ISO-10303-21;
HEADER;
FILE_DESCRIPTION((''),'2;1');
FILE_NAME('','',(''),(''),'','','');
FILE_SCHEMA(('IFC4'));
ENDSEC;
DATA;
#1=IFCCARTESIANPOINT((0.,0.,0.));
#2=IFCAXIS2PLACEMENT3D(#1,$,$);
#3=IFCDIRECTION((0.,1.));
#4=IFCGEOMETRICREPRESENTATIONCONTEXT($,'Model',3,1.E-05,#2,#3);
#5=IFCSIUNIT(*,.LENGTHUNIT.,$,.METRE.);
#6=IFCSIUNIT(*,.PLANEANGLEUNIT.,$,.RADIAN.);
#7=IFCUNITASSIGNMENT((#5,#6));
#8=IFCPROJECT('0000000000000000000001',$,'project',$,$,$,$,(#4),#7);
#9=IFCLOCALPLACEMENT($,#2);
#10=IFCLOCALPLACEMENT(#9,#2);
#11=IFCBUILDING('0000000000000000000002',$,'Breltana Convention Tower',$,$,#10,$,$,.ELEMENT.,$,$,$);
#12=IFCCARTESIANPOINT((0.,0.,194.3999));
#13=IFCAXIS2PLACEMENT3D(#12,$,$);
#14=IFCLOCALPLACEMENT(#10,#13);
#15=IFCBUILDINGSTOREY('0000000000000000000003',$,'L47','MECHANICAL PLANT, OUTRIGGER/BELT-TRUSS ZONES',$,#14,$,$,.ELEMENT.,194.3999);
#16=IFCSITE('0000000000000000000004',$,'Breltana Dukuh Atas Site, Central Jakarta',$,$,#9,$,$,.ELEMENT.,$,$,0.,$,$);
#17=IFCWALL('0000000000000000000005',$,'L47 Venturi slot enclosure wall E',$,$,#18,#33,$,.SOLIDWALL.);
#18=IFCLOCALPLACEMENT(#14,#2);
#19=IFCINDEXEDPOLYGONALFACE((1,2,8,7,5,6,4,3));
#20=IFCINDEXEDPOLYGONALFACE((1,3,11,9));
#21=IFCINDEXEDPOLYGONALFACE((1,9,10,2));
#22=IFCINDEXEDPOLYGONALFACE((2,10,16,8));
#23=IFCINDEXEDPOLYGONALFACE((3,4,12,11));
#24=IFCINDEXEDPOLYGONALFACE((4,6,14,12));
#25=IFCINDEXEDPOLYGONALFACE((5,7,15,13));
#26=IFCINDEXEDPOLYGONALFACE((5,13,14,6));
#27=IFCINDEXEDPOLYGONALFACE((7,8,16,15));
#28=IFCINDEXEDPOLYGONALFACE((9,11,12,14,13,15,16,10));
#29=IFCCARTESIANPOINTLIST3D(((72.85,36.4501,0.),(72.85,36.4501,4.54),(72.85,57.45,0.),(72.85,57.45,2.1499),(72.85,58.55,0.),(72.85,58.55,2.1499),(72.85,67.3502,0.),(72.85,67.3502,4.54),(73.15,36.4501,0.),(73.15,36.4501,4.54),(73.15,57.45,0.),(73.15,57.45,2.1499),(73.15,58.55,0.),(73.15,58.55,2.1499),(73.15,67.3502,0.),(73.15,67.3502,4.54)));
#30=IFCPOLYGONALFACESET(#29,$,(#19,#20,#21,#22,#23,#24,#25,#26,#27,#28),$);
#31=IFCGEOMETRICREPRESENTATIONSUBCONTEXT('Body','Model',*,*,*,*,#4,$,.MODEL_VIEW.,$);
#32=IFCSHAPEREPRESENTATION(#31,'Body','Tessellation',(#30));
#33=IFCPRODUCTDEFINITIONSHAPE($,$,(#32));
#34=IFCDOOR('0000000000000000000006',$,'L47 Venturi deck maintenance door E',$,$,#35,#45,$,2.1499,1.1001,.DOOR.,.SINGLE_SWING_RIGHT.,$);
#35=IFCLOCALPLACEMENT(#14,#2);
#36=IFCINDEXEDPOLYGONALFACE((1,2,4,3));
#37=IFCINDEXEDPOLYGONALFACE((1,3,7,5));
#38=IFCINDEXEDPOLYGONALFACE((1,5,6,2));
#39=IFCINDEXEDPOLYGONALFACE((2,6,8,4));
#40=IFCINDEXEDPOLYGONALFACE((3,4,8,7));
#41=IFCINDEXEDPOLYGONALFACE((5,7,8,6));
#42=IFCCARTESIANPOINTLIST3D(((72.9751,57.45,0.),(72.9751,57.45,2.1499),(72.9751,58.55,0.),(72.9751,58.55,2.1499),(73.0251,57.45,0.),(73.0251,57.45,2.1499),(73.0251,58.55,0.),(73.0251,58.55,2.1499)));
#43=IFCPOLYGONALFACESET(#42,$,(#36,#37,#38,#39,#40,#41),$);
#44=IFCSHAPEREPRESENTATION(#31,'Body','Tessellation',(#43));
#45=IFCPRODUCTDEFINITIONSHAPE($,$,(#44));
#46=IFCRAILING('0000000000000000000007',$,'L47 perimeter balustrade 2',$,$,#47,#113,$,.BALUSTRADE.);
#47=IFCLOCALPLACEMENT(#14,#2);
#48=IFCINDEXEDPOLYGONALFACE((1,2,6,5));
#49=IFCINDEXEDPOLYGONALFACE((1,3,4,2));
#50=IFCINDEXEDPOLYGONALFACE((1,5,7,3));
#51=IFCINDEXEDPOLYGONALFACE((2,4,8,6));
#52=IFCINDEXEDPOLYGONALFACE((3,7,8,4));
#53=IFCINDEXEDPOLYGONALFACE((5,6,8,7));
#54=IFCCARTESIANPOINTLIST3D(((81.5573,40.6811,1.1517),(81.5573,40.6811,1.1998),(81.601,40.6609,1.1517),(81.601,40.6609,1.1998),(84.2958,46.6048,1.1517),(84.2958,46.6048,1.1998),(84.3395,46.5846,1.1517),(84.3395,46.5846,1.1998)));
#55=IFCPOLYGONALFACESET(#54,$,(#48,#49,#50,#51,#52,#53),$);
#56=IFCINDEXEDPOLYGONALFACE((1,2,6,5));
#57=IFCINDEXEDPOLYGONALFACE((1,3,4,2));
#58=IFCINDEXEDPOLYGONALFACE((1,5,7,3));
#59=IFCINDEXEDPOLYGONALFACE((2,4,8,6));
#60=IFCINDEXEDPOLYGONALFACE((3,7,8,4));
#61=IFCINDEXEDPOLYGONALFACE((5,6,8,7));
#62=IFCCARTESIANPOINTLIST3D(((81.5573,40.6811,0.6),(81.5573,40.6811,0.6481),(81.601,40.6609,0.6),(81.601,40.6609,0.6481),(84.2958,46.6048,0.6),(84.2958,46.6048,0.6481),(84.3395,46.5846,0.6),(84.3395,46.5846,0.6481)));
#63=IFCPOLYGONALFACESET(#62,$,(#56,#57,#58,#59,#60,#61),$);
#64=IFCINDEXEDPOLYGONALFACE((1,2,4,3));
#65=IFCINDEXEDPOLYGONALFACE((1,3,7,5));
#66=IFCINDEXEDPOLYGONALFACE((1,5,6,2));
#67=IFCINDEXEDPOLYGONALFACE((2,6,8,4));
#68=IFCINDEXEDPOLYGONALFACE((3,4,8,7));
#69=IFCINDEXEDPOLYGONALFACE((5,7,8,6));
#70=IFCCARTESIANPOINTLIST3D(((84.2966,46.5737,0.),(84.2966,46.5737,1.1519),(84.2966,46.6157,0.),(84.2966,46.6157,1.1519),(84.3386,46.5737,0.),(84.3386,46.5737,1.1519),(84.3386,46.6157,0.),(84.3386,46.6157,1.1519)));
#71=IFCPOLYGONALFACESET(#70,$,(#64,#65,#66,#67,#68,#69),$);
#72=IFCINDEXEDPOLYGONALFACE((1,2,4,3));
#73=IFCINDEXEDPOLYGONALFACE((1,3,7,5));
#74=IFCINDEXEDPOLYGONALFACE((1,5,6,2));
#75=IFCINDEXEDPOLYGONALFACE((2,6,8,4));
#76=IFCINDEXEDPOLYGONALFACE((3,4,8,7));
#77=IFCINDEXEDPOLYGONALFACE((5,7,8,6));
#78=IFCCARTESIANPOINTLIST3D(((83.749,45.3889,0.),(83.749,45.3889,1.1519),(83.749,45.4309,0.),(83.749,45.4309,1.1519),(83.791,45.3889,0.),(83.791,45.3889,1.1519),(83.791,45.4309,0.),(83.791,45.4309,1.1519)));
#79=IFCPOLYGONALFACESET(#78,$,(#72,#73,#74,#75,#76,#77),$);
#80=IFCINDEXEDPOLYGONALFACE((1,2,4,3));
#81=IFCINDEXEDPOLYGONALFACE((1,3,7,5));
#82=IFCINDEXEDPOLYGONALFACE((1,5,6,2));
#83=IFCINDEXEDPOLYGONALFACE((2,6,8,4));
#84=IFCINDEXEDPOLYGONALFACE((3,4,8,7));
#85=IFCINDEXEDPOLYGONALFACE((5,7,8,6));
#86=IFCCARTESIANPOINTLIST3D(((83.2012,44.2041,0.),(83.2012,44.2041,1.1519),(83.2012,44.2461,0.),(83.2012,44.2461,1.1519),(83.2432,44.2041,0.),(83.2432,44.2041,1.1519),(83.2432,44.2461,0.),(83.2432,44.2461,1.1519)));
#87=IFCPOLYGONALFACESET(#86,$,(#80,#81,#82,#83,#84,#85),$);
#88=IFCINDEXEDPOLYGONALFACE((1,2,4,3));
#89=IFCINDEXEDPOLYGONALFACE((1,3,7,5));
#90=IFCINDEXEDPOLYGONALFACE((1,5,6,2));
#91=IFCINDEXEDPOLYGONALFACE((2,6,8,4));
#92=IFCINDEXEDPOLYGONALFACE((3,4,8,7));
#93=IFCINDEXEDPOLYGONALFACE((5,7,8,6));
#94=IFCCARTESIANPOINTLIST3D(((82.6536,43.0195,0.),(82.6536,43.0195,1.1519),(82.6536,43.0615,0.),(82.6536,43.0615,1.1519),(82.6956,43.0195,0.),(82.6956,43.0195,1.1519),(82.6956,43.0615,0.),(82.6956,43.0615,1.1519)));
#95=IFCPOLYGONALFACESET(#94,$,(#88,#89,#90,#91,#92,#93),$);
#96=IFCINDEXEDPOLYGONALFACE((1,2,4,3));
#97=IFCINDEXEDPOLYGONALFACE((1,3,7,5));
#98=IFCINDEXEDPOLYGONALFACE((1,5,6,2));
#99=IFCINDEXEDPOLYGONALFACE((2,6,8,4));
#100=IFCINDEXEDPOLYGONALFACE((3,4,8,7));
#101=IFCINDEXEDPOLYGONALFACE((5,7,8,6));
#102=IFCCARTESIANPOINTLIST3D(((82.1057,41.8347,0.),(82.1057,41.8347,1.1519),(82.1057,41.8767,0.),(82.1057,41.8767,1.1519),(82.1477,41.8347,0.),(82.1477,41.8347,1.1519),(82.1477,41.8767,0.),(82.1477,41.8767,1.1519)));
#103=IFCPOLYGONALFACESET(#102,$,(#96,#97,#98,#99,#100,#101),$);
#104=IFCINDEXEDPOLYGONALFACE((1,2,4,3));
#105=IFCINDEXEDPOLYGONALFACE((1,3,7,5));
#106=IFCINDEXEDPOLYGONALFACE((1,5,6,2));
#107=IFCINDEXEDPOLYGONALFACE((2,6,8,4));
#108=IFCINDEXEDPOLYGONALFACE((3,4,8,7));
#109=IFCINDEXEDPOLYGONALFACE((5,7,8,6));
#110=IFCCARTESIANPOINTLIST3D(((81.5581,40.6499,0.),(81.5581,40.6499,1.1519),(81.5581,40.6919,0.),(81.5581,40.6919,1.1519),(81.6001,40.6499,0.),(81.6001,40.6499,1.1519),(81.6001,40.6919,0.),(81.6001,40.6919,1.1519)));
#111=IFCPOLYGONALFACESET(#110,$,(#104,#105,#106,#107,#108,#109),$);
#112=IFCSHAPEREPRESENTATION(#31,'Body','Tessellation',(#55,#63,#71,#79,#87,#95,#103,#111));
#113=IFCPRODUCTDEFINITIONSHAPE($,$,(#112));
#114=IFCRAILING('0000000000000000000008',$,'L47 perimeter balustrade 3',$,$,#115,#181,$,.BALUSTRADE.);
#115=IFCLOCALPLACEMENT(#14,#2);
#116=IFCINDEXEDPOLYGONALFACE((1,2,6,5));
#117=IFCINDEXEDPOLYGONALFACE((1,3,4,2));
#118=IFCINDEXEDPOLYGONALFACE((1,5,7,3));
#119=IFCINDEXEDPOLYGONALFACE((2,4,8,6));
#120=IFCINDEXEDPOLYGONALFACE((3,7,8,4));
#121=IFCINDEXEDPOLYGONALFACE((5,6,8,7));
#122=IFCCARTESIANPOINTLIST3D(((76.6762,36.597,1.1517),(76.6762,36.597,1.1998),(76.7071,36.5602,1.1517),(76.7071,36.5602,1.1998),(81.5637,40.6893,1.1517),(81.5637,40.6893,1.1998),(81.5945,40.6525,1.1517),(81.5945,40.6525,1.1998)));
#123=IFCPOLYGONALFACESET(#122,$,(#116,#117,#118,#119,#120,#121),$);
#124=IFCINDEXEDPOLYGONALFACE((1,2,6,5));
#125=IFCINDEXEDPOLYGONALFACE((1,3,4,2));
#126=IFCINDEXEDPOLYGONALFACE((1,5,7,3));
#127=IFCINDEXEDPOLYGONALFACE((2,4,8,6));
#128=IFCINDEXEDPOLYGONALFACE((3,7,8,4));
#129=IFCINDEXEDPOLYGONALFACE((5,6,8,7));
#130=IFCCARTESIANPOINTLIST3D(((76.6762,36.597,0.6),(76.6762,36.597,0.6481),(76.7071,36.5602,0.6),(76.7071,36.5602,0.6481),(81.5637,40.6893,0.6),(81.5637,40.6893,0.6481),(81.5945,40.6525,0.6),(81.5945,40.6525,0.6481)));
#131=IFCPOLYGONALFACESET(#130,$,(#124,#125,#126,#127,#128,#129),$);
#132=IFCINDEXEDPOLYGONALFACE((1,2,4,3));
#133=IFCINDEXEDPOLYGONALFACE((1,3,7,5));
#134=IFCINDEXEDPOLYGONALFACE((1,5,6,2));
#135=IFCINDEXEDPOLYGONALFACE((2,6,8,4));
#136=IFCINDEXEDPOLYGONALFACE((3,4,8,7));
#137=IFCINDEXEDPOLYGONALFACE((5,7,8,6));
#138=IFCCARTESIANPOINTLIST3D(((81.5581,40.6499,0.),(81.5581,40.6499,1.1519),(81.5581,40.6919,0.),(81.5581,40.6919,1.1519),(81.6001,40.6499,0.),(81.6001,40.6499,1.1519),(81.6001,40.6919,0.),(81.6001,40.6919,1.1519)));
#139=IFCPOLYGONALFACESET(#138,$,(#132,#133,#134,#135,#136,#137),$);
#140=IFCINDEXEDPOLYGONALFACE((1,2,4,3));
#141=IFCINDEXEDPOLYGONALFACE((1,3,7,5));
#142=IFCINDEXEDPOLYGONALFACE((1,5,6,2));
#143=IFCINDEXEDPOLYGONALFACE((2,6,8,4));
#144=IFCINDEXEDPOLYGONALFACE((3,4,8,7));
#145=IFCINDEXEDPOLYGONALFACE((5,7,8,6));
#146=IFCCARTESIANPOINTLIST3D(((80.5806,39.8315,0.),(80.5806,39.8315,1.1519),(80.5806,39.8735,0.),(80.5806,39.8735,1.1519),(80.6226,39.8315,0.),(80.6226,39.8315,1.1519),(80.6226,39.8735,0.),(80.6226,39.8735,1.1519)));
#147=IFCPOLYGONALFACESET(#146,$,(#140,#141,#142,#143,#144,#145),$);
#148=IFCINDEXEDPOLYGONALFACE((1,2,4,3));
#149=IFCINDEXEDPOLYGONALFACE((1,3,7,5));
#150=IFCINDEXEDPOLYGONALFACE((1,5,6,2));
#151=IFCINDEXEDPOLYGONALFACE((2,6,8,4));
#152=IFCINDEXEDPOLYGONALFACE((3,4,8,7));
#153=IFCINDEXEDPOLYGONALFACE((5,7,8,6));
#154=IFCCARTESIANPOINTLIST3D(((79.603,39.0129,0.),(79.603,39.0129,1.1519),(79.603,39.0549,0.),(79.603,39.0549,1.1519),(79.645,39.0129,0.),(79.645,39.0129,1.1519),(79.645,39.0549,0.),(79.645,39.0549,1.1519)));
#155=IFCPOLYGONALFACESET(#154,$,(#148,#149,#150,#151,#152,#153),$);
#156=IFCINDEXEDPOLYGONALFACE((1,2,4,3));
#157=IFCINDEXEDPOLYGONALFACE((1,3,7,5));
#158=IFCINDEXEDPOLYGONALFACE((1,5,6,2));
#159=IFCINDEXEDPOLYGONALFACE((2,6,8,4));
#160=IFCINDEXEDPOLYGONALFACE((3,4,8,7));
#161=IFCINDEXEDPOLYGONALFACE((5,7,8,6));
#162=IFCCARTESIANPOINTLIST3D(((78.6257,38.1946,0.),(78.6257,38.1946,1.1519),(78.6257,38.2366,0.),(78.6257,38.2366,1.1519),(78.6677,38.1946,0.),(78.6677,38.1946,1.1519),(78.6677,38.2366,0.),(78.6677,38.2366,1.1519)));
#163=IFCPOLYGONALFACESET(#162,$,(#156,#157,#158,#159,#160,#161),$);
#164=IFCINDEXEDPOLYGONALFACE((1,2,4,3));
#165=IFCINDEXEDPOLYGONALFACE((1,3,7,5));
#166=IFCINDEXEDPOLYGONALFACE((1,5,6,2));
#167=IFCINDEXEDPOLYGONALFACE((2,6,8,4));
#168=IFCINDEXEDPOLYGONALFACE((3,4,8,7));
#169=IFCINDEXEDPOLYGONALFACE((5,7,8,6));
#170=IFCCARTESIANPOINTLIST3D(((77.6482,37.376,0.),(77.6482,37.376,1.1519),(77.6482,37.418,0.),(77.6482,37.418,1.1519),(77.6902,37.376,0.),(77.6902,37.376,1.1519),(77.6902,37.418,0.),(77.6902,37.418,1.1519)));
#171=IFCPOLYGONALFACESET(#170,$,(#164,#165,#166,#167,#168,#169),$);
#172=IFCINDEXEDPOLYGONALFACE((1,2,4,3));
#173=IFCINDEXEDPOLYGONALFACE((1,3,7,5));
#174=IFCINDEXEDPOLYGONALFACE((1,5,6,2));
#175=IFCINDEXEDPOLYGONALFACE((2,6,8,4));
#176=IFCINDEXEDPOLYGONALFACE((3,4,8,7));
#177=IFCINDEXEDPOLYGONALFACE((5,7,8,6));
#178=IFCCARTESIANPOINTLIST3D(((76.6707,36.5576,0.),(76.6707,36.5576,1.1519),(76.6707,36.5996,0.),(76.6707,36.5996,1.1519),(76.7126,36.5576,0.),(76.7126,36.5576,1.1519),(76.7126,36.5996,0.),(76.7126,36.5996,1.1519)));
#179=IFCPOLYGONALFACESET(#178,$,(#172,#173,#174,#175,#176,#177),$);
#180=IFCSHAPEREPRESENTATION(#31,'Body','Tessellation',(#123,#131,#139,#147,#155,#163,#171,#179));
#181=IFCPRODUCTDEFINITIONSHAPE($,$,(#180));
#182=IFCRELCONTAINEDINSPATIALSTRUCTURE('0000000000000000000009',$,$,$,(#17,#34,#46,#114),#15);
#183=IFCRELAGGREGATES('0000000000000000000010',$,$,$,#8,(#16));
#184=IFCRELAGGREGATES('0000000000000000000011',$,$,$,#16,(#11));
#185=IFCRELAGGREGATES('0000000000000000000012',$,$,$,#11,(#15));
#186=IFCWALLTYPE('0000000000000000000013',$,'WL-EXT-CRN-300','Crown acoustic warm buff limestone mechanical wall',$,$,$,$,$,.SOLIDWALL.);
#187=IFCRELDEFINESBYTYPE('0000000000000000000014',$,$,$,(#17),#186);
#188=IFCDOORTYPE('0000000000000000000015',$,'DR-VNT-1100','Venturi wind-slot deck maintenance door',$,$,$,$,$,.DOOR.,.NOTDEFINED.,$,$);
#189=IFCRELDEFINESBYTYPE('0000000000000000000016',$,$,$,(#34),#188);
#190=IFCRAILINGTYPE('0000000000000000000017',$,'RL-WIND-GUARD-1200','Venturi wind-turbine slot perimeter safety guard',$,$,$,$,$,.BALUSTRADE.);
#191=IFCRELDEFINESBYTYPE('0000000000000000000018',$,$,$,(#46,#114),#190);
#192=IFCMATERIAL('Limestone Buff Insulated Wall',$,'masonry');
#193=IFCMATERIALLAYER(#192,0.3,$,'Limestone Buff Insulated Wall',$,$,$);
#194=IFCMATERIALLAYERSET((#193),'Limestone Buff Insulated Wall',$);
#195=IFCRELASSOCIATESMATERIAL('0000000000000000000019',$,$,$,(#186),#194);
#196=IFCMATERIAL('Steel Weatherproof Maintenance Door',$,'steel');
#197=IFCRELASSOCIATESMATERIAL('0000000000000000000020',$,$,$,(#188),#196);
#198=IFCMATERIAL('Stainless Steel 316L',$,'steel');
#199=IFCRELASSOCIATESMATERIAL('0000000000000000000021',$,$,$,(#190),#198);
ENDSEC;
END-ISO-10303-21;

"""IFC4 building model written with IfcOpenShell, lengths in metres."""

from ifc_helpers import new_model, si_unit, direction, frame, frame_2d, origin, origin_2d, place, context, subcontext, project, spatial, rectangle, extrude, source, transform, mapped, material, layer, layer_set, type_object, type_shapes, element, fill, save


model = new_model("IFC4")

# Units and contexts
model_context = context("Model", 3, precision=1e-05, world=origin(), true_north=direction((0.0, 1.0)))
body_context = subcontext(model_context, "Body", "Model", "MODEL_VIEW")
ifc_project = project(units=[si_unit("LENGTHUNIT", "METRE"), si_unit("PLANEANGLEUNIT", "RADIAN")], contexts=[model_context])

# Site, building, storey
site_placement = place(None, origin())
site = spatial("IfcSite", under=ifc_project, at=site_placement, Name="Breltana Dukuh Atas Site, Central Jakarta", CompositionType="ELEMENT", RefElevation=0.0)
building_placement = place(site_placement, origin())
building = spatial("IfcBuilding", under=site, at=building_placement, Name="Breltana Convention Tower", CompositionType="ELEMENT")
storey_placement = place(building_placement, frame((0.0, 0.0, 194.3999)))
storey = spatial("IfcBuildingStorey", under=building, at=storey_placement, Name="L47", Description="MECHANICAL PLANT, OUTRIGGER/BELT-TRUSS ZONES", CompositionType="ELEMENT", Elevation=194.3999)

# Wall, opening, door
ifc_material_1 = material(Name="Limestone Buff Insulated Wall", Category="masonry")
ifc_layer = layer(ifc_material_1, 0.3, Name="Limestone Buff Insulated Wall")
ifc_layer_set = layer_set([ifc_layer], Name="Limestone Buff Insulated Wall")
wall_type = type_object("IfcWallType", Name="WL-EXT-CRN-300", Description="Crown acoustic warm buff limestone mechanical wall", PredefinedType="SOLIDWALL", material=ifc_layer_set)
shared_shape_1 = source(origin(), body_context, "Body", "SweptSolid", [
    extrude(rectangle(XDim=30.9001, YDim=0.3, at=frame_2d((15.4502, 0.0))), origin(), (0.0, 0.0, 1.0), 4.54),
])
wall_placement = place(storey_placement, frame((73.0, 36.45, 0.0), z_axis=(0.0, 0.0, 1.0), x_axis=(0.0, 1.0, 0.0)))
wall = element("IfcWall", 1, at=wall_placement, inside=storey, type_object=wall_type, Name="L47 Venturi slot enclosure wall E", PredefinedType="SOLIDWALL", context=body_context, shape_type="MappedRepresentation", body=[
    mapped(shared_shape_1, transform((0.0, 0.0, 0.0), scale=1.0)),
])
opening_placement = place(wall_placement, frame((21.0, 0.0, 0.0)))
opening = element("IfcOpeningElement", 2, at=opening_placement, cuts=wall, PredefinedType="OPENING", context=body_context, shape_type="SweptSolid", body=[
    extrude(rectangle(XDim=1.1001, YDim=2.1499, at=frame_2d((0.55, 1.075))), frame((0.0, 0.1602, 0.0), z_axis=(0.0, -1.0, 0.0), x_axis=(1.0, 0.0, 0.0)), (0.0, 0.0, 1.0), 0.3201),
])
ifc_material_2 = material(Name="Steel Weatherproof Maintenance Door", Category="steel")
door_type = type_object("IfcDoorType", Name="DR-VNT-1100", Description="Venturi wind-slot deck maintenance door", OperationType="NOTDEFINED", PredefinedType="DOOR", material=ifc_material_2)
shared_shape_2 = source(origin(), body_context, "Body", "SweptSolid", [
    extrude(rectangle(XDim=1.1001, YDim=2.1499, at=frame_2d((0.55, 1.075))), frame((0.0, 0.0249, 0.0), z_axis=(0.0, -1.0, 0.0), x_axis=(1.0, 0.0, 0.0)), (0.0, 0.0, 1.0), 0.05),
])
type_shapes(door_type, [shared_shape_2])
door_placement = place(opening_placement, origin())
door = element("IfcDoor", 3, at=door_placement, inside=storey, type_object=door_type, Name="L47 Venturi deck maintenance door E", OperationType="SINGLE_SWING_RIGHT", OverallHeight=2.1499, OverallWidth=1.1001, PredefinedType="DOOR", context=body_context, shape_type="MappedRepresentation", body=[
    mapped(shared_shape_2, transform((0.0, 0.0, 0.0), scale=1.0)),
])
fill(opening, door)

# Railings
ifc_material_3 = material(Name="Stainless Steel 316L", Category="steel")
railing_type = type_object("IfcRailingType", Name="RL-WIND-GUARD-1200", Description="Venturi wind-turbine slot perimeter safety guard", PredefinedType="BALUSTRADE", material=ifc_material_3)
railing_1_placement = place(storey_placement, frame((84.3176, 46.5947, 0.0)))
element("IfcRailing", 4, at=railing_1_placement, inside=storey, type_object=railing_type, Name="L47 perimeter balustrade 2", PredefinedType="BALUSTRADE", context=body_context, shape_type="SweptSolid", body=[
    extrude(rectangle(XDim=0.0481, YDim=0.0481, at=origin_2d()), frame((0.0, 0.0, 1.1758), z_axis=(-0.41962, -0.9077, 0.0), x_axis=(0.9077, -0.41962, 0.0)), (0.0, 0.0, 1.0), 6.5261),
    extrude(rectangle(XDim=0.0481, YDim=0.0481, at=origin_2d()), frame((0.0, 0.0, 0.624), z_axis=(-0.41962, -0.9077, 0.0), x_axis=(0.9077, -0.41962, 0.0)), (0.0, 0.0, 1.0), 6.5261),
    extrude(rectangle(XDim=0.042, YDim=0.042, at=origin_2d()), origin(), (0.0, 0.0, 1.0), 1.1519),
    extrude(rectangle(XDim=0.042, YDim=0.042, at=origin_2d()), frame((-0.5476, -1.1848, 0.0)), (0.0, 0.0, 1.0), 1.1519),
    extrude(rectangle(XDim=0.042, YDim=0.042, at=origin_2d()), frame((-1.0955, -2.3696, 0.0)), (0.0, 0.0, 1.0), 1.1519),
    extrude(rectangle(XDim=0.042, YDim=0.042, at=origin_2d()), frame((-1.6431, -3.5542, 0.0)), (0.0, 0.0, 1.0), 1.1519),
    extrude(rectangle(XDim=0.042, YDim=0.042, at=origin_2d()), frame((-2.1909, -4.739, 0.0)), (0.0, 0.0, 1.0), 1.1519),
    extrude(rectangle(XDim=0.042, YDim=0.042, at=origin_2d()), frame((-2.7385, -5.9238, 0.0)), (0.0, 0.0, 1.0), 1.1519),
])
railing_2_placement = place(storey_placement, frame((81.5791, 40.6709, 0.0)))
element("IfcRailing", 5, at=railing_2_placement, inside=storey, type_object=railing_type, Name="L47 perimeter balustrade 3", PredefinedType="BALUSTRADE", context=body_context, shape_type="SweptSolid", body=[
    extrude(rectangle(XDim=0.0481, YDim=0.0481, at=origin_2d()), frame((0.0, 0.0, 1.1758), z_axis=(-0.766722, -0.64198, 0.0), x_axis=(0.64198, -0.766722, 0.0)), (0.0, 0.0, 1.0), 6.3745),
    extrude(rectangle(XDim=0.0481, YDim=0.0481, at=origin_2d()), frame((0.0, 0.0, 0.624), z_axis=(-0.766722, -0.64198, 0.0), x_axis=(0.64198, -0.766722, 0.0)), (0.0, 0.0, 1.0), 6.3745),
    extrude(rectangle(XDim=0.042, YDim=0.042, at=origin_2d()), origin(), (0.0, 0.0, 1.0), 1.1519),
    extrude(rectangle(XDim=0.042, YDim=0.042, at=origin_2d()), frame((-0.9775, -0.8184, 0.0)), (0.0, 0.0, 1.0), 1.1519),
    extrude(rectangle(XDim=0.042, YDim=0.042, at=origin_2d()), frame((-1.9551, -1.637, 0.0)), (0.0, 0.0, 1.0), 1.1519),
    extrude(rectangle(XDim=0.042, YDim=0.042, at=origin_2d()), frame((-2.9324, -2.4553, 0.0)), (0.0, 0.0, 1.0), 1.1519),
    extrude(rectangle(XDim=0.042, YDim=0.042, at=origin_2d()), frame((-3.9099, -3.2739, 0.0)), (0.0, 0.0, 1.0), 1.1519),
    extrude(rectangle(XDim=0.042, YDim=0.042, at=origin_2d()), frame((-4.8875, -4.0923, 0.0)), (0.0, 0.0, 1.0), 1.1519),
])

save(model, "model.ifc")
